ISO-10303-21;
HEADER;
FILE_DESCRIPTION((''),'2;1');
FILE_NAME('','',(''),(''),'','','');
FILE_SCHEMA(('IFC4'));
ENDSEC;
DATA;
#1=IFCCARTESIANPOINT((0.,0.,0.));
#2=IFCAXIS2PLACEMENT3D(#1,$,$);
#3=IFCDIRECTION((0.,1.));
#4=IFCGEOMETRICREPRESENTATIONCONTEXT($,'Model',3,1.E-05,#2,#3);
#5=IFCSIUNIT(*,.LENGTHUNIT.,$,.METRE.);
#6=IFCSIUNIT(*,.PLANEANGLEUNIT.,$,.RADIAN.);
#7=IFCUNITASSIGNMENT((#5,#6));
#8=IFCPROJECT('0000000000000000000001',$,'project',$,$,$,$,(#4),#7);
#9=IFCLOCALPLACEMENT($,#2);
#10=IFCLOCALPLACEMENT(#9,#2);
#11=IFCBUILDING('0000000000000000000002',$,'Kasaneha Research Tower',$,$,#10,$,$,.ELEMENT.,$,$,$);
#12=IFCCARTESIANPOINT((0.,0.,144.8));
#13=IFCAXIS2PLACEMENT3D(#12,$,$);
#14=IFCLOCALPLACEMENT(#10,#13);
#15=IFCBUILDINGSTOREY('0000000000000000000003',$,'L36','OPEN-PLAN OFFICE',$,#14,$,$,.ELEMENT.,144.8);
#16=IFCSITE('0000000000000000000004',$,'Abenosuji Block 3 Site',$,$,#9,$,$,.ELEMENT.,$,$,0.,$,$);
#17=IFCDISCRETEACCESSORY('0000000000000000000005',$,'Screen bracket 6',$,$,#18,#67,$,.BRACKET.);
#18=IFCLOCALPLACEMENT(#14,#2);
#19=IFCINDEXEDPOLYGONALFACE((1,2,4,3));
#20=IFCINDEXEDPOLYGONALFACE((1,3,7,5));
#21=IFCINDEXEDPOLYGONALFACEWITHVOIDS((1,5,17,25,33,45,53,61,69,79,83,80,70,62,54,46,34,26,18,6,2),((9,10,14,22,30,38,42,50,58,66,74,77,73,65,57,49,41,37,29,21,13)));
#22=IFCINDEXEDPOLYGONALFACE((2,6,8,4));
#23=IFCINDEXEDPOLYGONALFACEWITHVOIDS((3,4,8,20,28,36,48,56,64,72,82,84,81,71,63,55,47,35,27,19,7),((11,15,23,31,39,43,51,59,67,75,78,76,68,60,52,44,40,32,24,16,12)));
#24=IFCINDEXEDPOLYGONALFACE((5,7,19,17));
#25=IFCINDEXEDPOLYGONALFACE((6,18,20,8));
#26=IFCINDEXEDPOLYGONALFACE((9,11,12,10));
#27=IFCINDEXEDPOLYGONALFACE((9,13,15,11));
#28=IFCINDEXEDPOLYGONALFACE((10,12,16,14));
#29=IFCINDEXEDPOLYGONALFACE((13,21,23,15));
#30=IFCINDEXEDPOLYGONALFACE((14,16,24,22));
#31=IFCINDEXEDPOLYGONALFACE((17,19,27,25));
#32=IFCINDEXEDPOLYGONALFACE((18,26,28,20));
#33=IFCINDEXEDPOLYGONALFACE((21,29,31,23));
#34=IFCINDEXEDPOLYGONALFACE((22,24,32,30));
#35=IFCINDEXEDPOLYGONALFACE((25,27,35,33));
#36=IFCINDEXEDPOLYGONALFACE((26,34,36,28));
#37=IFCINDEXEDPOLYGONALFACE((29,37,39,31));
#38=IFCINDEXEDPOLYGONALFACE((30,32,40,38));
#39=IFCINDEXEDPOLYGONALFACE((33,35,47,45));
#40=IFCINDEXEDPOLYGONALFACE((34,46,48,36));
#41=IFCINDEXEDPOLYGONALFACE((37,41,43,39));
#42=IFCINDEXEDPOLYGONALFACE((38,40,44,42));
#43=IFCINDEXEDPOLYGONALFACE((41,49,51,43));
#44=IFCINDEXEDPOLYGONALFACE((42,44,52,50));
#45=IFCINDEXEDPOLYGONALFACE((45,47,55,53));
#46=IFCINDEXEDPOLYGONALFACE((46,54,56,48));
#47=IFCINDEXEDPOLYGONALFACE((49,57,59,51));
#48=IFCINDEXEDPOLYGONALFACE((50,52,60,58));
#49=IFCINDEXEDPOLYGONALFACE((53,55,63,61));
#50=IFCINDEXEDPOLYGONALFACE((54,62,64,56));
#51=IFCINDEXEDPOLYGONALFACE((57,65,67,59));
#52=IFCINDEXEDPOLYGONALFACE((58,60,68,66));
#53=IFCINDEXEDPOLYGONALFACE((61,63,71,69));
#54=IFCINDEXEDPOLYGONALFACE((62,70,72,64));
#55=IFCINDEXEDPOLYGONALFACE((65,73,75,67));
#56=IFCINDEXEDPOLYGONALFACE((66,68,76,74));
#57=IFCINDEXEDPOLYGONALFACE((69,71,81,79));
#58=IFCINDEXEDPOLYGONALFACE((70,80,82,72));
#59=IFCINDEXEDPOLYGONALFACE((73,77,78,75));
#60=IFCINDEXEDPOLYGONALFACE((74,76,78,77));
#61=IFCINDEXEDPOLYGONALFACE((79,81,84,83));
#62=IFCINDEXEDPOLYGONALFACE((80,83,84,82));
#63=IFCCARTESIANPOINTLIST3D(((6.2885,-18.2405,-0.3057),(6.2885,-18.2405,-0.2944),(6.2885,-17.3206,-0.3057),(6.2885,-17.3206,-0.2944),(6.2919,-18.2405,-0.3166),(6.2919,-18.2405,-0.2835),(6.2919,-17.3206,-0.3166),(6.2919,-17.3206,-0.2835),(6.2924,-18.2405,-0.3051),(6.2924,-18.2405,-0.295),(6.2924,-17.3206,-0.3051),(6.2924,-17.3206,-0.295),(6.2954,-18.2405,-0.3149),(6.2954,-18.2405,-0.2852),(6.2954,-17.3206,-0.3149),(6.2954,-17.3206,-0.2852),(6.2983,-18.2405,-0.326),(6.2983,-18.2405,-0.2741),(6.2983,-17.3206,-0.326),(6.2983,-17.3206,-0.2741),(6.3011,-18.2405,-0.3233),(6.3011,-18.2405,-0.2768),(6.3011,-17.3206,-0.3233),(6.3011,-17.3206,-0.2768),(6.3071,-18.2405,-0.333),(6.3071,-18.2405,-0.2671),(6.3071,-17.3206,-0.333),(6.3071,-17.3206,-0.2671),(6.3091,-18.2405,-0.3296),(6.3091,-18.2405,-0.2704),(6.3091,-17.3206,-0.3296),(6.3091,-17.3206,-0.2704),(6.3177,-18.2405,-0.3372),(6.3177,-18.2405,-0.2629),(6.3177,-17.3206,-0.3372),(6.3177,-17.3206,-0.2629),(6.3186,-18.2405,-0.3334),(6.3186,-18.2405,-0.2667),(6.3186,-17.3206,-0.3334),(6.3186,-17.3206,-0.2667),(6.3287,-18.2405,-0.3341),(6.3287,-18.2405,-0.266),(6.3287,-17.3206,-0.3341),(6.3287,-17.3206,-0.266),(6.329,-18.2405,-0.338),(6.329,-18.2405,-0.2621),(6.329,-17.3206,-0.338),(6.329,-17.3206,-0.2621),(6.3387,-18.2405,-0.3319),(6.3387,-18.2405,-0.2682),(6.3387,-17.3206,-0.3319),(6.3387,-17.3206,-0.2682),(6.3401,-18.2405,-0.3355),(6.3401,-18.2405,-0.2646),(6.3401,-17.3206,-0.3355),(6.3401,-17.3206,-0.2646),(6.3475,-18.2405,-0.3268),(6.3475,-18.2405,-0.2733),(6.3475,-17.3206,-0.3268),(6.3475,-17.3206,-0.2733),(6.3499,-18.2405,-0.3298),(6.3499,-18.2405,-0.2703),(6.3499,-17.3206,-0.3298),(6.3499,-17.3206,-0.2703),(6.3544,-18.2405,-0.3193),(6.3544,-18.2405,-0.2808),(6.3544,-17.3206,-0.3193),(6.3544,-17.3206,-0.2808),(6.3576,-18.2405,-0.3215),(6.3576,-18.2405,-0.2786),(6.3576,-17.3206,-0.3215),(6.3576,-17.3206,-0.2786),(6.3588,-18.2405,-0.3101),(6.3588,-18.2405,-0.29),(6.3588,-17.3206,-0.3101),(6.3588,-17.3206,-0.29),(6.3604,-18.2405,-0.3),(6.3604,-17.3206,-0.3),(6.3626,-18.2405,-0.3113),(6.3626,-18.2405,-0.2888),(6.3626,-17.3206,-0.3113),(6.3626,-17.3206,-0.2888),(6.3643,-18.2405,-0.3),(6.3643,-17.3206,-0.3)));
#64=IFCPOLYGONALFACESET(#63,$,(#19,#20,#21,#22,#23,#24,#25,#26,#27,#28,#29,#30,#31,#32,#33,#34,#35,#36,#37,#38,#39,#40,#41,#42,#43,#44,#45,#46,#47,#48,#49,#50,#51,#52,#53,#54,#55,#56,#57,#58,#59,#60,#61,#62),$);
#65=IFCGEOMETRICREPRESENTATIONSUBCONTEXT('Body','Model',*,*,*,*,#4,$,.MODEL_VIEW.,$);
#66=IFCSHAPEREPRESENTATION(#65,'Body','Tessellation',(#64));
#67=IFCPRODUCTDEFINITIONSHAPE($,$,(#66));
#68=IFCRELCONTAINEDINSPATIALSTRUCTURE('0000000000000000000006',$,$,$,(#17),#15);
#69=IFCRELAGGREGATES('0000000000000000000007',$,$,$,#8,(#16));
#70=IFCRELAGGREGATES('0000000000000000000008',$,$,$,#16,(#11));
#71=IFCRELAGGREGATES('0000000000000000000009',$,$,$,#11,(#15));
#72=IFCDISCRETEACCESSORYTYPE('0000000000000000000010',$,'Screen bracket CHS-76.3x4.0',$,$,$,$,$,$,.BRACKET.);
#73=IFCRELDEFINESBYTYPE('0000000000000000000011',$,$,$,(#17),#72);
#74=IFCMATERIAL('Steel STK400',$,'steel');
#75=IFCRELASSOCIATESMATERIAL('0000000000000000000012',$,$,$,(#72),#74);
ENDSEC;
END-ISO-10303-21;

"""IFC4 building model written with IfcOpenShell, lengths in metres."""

from ifc_helpers import new_model, si_unit, direction, frame, origin, origin_2d, place, context, subcontext, project, spatial, hollow_circle, extrude, material, material_profile, profile_set, type_object, element, save


model = new_model("IFC4")

# Units and contexts
model_context = context("Model", 3, precision=1e-05, world=origin(), true_north=direction((0.0, 1.0)))
body_context = subcontext(model_context, "Body", "Model", "MODEL_VIEW")
ifc_project = project(units=[si_unit("LENGTHUNIT", "METRE"), si_unit("PLANEANGLEUNIT", "RADIAN")], contexts=[model_context])

# Site, building, storey
site_placement = place(None, origin())
site = spatial("IfcSite", under=ifc_project, at=site_placement, Name="Abenosuji Block 3 Site", CompositionType="ELEMENT", RefElevation=0.0)
building_placement = place(site_placement, origin())
building = spatial("IfcBuilding", under=site, at=building_placement, Name="Kasaneha Research Tower", CompositionType="ELEMENT")
storey_placement = place(building_placement, frame((0.0, 0.0, 144.8)))
storey = spatial("IfcBuildingStorey", under=building, at=storey_placement, Name="L36", Description="OPEN-PLAN OFFICE", CompositionType="ELEMENT", Elevation=144.8)

# Discrete accessory
ifc_material_1 = material(Name="Steel STK400", Category="steel")
ifc_material_profile_1 = material_profile(ifc_material_1, hollow_circle(Radius=0.0381, WallThickness=0.0039, at=origin_2d()), Name="CHS-76.3x4.0")
ifc_profile_set_1 = profile_set([ifc_material_profile_1], Name="Steel STK400")
discrete_accessory_type = type_object("IfcDiscreteAccessoryType", Name="Screen bracket CHS-76.3x4.0", PredefinedType="BRACKET", material=ifc_profile_set_1)
for number, where, z_axis, x_axis, name in (
    (1, (6.3262, -17.3206, -0.3), (0.0, -1.0, 0.0), (1.0, 0.0, 0.0), "Screen bracket 6"),
):
    element("IfcDiscreteAccessory", number, at=place(storey_placement, frame(where, z_axis=z_axis, x_axis=x_axis)), inside=storey, type_object=discrete_accessory_type, Name=name, PredefinedType="BRACKET", context=body_context, shape_type="SweptSolid", body=[
        extrude(hollow_circle(Radius=0.0381, WallThickness=0.0039, at=origin_2d()), origin(), (0.0, 0.0, 1.0), 0.9199),
    ])

save(model, "model.ifc")
